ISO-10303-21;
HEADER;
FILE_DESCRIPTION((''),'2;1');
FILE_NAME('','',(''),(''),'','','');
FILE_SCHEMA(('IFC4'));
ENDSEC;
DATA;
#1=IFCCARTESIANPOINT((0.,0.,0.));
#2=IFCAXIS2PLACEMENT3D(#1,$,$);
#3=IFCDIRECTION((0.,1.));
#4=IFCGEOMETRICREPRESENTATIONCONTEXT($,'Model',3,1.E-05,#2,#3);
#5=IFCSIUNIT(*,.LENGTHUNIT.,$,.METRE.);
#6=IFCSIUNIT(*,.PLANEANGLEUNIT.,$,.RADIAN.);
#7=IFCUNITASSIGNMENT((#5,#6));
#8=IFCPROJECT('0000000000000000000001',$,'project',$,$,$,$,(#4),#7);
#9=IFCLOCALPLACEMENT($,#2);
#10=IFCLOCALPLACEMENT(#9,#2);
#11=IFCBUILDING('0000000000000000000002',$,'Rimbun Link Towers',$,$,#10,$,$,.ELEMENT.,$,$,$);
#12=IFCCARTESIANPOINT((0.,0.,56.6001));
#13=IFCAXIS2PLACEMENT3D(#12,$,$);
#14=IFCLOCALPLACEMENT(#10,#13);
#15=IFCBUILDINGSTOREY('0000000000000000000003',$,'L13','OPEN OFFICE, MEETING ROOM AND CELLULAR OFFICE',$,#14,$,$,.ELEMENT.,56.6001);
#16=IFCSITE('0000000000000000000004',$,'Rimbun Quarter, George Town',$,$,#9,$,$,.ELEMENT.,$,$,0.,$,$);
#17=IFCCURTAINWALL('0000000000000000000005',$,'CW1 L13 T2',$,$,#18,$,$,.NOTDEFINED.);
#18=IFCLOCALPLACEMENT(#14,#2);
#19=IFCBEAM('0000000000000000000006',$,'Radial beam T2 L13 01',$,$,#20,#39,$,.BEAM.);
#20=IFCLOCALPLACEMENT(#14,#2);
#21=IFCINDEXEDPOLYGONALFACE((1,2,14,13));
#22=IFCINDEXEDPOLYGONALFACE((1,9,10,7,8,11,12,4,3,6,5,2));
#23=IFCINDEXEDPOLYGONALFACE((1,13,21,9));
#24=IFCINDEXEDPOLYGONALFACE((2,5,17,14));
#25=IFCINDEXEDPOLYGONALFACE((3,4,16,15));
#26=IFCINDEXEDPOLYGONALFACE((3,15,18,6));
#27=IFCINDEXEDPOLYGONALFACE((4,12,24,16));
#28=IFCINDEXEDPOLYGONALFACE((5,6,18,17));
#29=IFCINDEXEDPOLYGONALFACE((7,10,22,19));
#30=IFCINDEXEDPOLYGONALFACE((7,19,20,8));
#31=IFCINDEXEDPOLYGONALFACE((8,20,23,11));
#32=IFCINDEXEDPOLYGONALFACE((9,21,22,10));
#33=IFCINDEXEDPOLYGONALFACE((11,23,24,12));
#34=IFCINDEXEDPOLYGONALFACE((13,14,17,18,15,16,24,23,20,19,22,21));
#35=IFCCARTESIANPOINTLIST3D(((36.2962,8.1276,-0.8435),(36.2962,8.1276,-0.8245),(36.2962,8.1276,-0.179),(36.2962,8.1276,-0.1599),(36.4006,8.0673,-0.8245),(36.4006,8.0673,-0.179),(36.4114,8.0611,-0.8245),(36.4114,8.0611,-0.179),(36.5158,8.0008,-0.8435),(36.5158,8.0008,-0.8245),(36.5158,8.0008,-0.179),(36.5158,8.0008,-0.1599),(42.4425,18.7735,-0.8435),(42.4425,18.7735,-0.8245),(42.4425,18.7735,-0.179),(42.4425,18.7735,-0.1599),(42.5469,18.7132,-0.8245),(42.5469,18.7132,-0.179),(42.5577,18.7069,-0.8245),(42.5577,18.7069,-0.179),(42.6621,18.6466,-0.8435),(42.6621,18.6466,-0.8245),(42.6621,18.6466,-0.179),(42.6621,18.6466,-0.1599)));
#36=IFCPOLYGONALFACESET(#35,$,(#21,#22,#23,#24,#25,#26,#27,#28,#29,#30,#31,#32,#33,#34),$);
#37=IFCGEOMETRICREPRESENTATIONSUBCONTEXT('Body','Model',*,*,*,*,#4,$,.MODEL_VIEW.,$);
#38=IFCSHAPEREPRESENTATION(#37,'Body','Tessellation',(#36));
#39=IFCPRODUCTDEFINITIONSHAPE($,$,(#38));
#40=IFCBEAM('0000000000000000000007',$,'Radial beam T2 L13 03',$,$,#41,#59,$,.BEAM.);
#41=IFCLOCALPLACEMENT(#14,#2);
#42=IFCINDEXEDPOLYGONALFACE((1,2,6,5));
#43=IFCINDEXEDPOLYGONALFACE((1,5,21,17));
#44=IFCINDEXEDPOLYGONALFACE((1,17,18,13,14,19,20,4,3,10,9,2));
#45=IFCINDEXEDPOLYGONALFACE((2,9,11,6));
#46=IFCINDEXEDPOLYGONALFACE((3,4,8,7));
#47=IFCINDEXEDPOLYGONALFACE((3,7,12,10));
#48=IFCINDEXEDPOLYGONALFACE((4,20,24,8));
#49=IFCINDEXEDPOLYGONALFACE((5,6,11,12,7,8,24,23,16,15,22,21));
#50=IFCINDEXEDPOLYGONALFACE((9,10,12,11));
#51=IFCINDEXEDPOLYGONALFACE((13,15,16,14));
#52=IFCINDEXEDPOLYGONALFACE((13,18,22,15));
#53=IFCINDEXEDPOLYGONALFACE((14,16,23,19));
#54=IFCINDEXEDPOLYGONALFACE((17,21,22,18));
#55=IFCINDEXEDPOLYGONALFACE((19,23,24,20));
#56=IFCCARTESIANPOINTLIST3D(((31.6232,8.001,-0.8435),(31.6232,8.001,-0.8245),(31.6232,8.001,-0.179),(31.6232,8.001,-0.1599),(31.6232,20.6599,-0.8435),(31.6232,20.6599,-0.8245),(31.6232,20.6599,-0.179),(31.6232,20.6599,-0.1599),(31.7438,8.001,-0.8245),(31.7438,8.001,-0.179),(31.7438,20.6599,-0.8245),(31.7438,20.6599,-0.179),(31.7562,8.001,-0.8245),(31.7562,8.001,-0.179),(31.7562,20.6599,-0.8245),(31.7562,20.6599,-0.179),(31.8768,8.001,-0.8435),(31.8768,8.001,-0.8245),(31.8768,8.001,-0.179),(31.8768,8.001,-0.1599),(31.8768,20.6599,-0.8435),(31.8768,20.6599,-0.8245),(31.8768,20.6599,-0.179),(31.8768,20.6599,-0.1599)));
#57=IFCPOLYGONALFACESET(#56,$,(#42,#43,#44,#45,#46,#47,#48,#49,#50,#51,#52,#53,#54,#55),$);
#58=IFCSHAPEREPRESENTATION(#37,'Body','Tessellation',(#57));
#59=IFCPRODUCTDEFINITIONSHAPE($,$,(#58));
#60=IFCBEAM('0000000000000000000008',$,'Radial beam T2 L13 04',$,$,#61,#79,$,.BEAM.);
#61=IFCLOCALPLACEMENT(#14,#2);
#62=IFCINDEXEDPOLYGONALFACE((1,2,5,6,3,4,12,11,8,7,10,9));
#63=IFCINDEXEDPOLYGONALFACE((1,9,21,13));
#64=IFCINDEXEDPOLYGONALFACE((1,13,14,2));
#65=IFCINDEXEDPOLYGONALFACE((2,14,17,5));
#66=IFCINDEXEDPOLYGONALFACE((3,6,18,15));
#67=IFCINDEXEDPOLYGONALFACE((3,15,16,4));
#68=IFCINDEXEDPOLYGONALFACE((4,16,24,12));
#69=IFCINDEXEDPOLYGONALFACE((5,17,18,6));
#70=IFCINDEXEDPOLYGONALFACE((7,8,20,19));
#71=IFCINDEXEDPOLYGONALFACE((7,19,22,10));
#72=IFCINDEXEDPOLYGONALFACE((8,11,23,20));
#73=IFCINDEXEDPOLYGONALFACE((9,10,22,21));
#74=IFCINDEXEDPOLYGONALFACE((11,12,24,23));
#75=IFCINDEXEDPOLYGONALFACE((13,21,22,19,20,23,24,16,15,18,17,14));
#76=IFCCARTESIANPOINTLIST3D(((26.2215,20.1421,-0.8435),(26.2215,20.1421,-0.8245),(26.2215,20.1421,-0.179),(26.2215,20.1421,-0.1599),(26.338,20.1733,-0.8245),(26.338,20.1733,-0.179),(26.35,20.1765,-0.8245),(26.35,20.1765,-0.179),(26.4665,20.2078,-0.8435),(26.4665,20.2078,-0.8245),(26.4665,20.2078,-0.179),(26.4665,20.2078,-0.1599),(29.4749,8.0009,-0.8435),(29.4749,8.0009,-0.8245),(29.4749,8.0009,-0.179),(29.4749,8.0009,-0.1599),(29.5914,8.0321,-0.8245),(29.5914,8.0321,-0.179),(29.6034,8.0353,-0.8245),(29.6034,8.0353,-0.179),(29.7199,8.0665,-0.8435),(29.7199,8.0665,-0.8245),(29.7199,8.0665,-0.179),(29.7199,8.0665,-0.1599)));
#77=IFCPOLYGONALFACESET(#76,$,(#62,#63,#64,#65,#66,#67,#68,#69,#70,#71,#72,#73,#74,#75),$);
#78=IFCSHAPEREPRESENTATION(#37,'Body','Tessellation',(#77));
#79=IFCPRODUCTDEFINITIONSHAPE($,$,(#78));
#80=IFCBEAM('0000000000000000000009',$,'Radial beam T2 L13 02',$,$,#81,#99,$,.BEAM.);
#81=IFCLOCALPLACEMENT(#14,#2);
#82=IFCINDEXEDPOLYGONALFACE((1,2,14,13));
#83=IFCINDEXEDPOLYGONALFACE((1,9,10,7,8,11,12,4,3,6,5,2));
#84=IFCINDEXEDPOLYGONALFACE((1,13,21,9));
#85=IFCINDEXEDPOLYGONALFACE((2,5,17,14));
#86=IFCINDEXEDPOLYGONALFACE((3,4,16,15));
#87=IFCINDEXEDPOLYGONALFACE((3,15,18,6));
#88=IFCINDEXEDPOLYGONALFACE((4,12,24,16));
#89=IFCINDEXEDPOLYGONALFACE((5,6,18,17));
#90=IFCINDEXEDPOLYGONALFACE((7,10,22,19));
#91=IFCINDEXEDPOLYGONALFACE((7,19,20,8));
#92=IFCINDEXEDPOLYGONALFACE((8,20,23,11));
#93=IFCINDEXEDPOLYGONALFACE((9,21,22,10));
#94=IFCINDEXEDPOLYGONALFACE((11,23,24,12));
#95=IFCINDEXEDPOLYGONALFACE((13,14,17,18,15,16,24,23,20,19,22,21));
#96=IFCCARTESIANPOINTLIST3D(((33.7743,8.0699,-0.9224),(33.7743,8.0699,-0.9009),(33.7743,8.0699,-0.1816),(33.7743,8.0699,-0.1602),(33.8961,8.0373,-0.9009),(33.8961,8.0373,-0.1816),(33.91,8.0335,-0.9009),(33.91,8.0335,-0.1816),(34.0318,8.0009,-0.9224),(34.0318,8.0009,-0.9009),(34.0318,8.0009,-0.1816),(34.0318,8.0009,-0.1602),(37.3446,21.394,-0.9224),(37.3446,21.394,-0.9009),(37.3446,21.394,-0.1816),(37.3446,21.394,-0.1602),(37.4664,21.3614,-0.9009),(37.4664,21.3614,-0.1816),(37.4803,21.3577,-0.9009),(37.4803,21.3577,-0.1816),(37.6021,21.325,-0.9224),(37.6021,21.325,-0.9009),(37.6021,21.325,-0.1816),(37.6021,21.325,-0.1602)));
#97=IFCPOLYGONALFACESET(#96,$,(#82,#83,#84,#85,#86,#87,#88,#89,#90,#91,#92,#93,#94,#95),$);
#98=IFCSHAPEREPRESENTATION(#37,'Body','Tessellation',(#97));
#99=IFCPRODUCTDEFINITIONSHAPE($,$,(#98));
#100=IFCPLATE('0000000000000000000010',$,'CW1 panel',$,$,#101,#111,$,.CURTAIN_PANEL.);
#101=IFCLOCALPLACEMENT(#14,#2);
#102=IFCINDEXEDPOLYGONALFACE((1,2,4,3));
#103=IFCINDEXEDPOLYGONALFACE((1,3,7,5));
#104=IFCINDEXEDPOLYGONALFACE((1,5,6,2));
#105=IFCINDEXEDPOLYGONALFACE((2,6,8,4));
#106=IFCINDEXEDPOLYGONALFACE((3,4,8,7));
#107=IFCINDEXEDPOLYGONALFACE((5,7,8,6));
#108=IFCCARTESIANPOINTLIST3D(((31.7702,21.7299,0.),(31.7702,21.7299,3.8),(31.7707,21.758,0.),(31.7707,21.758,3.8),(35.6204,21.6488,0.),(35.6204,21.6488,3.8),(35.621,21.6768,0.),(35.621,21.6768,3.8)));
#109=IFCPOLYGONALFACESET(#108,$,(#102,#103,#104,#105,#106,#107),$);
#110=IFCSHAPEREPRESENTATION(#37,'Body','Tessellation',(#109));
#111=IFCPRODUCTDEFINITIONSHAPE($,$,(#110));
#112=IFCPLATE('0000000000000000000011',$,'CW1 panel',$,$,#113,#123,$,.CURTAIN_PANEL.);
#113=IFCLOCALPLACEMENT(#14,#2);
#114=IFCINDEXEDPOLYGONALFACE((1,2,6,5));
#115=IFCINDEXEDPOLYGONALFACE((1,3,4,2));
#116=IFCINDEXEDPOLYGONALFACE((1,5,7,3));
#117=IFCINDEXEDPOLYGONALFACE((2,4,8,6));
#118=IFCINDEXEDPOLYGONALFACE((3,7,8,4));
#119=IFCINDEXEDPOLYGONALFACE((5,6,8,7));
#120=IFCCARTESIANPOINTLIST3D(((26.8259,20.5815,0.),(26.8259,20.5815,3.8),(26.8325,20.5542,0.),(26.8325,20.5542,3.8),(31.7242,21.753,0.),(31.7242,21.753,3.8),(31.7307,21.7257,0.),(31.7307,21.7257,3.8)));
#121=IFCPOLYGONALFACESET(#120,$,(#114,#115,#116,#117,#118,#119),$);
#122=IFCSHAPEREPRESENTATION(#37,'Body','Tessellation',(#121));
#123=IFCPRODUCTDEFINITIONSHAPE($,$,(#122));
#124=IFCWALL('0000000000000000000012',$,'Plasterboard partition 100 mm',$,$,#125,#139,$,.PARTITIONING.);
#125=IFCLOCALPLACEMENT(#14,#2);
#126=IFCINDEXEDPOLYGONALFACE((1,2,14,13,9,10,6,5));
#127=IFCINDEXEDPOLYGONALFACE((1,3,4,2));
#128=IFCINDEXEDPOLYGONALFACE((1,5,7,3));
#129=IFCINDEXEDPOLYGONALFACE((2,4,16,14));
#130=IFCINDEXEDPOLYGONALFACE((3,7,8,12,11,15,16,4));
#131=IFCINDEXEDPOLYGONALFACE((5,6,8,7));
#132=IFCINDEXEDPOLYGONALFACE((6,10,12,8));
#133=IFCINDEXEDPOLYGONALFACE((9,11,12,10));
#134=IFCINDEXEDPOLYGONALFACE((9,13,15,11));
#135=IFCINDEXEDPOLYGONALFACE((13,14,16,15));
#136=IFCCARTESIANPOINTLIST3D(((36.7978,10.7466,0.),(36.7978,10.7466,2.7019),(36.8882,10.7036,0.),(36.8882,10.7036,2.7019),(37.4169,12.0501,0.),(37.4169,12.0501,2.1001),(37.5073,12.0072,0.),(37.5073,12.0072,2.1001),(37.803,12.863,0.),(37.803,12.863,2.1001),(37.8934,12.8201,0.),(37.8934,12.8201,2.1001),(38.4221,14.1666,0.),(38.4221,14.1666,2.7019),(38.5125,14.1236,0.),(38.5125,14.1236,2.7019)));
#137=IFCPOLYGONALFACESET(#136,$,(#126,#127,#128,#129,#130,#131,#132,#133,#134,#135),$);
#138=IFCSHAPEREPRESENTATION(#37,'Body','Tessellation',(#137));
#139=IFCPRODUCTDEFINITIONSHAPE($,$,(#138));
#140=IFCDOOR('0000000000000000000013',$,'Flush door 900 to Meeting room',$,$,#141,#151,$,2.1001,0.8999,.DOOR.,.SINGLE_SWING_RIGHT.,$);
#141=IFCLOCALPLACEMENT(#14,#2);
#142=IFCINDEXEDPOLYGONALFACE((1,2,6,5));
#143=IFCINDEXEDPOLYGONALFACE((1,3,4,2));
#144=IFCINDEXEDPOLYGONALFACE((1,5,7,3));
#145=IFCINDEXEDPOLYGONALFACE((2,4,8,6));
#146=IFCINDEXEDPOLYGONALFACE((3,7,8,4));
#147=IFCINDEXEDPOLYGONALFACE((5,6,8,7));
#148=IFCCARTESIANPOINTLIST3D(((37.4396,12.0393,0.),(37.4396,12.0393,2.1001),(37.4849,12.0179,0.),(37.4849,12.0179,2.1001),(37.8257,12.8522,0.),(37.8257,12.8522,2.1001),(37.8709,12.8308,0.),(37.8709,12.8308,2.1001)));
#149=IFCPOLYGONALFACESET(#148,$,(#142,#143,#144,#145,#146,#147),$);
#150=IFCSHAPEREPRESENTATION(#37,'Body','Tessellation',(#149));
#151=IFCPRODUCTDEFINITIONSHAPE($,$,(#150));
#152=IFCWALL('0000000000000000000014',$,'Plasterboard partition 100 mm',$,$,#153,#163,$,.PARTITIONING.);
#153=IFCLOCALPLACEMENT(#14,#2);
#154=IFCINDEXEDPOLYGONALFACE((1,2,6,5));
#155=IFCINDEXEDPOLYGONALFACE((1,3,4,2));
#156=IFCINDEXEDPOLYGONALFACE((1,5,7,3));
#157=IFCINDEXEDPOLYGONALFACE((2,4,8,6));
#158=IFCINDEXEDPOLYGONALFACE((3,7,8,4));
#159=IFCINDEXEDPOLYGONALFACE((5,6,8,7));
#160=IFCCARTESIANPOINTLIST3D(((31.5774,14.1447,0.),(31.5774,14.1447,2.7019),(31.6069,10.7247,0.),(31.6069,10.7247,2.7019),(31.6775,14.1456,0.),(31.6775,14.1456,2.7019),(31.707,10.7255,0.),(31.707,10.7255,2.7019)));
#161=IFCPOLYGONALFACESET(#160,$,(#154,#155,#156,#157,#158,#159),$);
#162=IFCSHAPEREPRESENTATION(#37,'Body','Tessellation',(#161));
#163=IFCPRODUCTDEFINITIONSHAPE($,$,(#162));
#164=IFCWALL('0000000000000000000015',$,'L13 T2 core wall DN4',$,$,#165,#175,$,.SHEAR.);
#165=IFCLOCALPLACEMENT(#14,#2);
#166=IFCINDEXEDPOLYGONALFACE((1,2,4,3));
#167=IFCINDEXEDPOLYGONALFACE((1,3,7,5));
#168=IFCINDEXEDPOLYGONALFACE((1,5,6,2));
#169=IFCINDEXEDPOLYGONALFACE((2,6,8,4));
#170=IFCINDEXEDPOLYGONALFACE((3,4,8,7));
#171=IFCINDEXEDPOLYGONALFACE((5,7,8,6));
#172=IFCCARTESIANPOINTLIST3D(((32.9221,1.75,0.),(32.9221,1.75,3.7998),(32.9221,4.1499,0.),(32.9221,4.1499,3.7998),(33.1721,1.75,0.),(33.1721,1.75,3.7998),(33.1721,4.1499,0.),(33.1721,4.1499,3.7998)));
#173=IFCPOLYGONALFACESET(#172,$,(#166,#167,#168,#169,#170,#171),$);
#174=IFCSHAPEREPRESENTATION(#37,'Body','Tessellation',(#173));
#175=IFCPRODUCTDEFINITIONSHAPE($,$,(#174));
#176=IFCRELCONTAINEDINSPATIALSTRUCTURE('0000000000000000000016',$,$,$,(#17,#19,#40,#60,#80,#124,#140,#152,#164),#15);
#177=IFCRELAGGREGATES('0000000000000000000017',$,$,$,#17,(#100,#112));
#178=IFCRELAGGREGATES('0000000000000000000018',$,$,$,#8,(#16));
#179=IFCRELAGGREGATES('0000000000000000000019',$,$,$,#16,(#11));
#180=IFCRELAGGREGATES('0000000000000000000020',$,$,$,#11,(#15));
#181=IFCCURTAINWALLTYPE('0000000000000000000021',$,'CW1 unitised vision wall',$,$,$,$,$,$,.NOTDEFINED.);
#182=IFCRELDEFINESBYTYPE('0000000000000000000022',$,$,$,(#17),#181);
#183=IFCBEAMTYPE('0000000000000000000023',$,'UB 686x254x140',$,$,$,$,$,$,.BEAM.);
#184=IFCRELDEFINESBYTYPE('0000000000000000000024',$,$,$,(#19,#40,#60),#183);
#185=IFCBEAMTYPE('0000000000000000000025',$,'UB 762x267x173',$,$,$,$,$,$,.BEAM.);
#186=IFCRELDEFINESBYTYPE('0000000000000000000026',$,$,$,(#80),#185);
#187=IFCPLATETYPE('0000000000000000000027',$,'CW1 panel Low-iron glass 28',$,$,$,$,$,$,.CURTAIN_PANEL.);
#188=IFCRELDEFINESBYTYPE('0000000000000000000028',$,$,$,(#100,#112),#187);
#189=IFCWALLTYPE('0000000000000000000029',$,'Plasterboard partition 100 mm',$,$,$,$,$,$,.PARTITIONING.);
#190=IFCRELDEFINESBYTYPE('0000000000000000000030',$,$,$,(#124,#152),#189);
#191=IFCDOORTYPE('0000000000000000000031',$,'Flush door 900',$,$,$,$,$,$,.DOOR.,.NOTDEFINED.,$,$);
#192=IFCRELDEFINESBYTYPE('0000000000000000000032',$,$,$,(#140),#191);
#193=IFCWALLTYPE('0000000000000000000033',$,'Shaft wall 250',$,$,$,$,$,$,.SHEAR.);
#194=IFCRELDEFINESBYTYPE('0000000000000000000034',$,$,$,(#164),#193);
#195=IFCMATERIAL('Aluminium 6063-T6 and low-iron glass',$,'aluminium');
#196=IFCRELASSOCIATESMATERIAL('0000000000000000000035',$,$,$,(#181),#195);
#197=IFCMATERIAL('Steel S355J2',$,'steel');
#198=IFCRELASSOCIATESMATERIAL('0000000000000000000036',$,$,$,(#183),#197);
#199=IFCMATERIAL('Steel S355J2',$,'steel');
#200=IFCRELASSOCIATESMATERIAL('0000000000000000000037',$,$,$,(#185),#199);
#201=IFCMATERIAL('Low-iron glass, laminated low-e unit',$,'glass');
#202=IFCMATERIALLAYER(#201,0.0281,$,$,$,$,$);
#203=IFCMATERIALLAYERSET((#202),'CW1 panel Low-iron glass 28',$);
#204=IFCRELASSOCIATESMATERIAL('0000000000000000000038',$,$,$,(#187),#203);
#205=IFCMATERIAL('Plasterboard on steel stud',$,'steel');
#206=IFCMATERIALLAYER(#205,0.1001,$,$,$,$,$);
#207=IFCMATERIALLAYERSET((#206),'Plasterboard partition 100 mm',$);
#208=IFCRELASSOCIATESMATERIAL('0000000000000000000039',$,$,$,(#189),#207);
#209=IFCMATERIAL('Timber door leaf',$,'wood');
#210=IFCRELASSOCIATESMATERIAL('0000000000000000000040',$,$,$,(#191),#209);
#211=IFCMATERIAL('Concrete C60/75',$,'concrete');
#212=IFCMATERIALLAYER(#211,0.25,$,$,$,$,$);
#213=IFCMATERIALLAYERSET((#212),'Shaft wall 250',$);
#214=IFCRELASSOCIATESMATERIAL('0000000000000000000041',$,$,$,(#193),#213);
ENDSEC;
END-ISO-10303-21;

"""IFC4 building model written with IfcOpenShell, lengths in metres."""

from ifc_helpers import new_model, si_unit, direction, frame, frame_2d, origin, origin_2d, place, context, subcontext, project, spatial, rectangle, i_section, extrude, material, layer, layer_set, material_profile, profile_set, type_object, element, fill, aggregate, save


model = new_model("IFC4")

# Units and contexts
model_context = context("Model", 3, precision=1e-05, world=origin(), true_north=direction((0.0, 1.0)))
body_context = subcontext(model_context, "Body", "Model", "MODEL_VIEW")
ifc_project = project(units=[si_unit("LENGTHUNIT", "METRE"), si_unit("PLANEANGLEUNIT", "RADIAN")], contexts=[model_context])

# Site, building, storey
site_placement = place(None, origin())
site = spatial("IfcSite", under=ifc_project, at=site_placement, Name="Rimbun Quarter, George Town", CompositionType="ELEMENT", RefElevation=0.0)
building_placement = place(site_placement, origin())
building = spatial("IfcBuilding", under=site, at=building_placement, Name="Rimbun Link Towers", CompositionType="ELEMENT")
storey_placement = place(building_placement, frame((0.0, 0.0, 56.6001)))
storey = spatial("IfcBuildingStorey", under=building, at=storey_placement, Name="L13", Description="OPEN OFFICE, MEETING ROOM AND CELLULAR OFFICE", CompositionType="ELEMENT", Elevation=56.6001)

# Curtain wall
ifc_material_1 = material(Name="Aluminium 6063-T6 and low-iron glass", Category="aluminium")
curtain_wall_type = type_object("IfcCurtainWallType", Name="CW1 unitised vision wall", PredefinedType="NOTDEFINED", material=ifc_material_1)
curtain_wall_placement = place(storey_placement, origin())
curtain_wall = element("IfcCurtainWall", 1, at=curtain_wall_placement, inside=storey, type_object=curtain_wall_type, Name="CW1 L13 T2", PredefinedType="NOTDEFINED")

# Beams
ifc_material_2 = material(Name="Steel S355J2", Category="steel")
ifc_material_profile_1 = material_profile(ifc_material_2, i_section(OverallWidth=0.2537, OverallDepth=0.6836, WebThickness=0.0125, FlangeThickness=0.019, at=origin_2d()), Name="UB 686x254x140")
ifc_profile_set_1 = profile_set([ifc_material_profile_1], Name="Steel S355J2")
beam_type_1 = type_object("IfcBeamType", Name="UB 686x254x140", PredefinedType="BEAM", material=ifc_profile_set_1)
beam_1_placement = place(storey_placement, frame((36.406, 8.0642, -0.5017), z_axis=(0.499995, 0.866028, 0.0), x_axis=(-0.866028, 0.499995, 0.0)))
element("IfcBeam", 2, at=beam_1_placement, inside=storey, type_object=beam_type_1, Name="Radial beam T2 L13 01", PredefinedType="BEAM", context=body_context, shape_type="SweptSolid", body=[
    extrude(i_section(OverallWidth=0.2537, OverallDepth=0.6836, WebThickness=0.0125, FlangeThickness=0.019, at=origin_2d()), origin(), (0.0, 0.0, 1.0), 12.2927),
])
beam_2_placement = place(storey_placement, frame((31.75, 8.001, -0.5017), z_axis=(0.0, 1.0, 0.0), x_axis=(-1.0, 0.0, 0.0)))
element("IfcBeam", 3, at=beam_2_placement, inside=storey, type_object=beam_type_1, Name="Radial beam T2 L13 03", PredefinedType="BEAM", context=body_context, shape_type="SweptSolid", body=[
    extrude(i_section(OverallWidth=0.2537, OverallDepth=0.6836, WebThickness=0.0125, FlangeThickness=0.019, at=origin_2d()), origin(), (0.0, 0.0, 1.0), 12.6589),
])
beam_3_placement = place(storey_placement, frame((29.5974, 8.0337, -0.5017), z_axis=(-0.25883, 0.965923, 0.0), x_axis=(-0.965923, -0.25883, 0.0)))
element("IfcBeam", 4, at=beam_3_placement, inside=storey, type_object=beam_type_1, Name="Radial beam T2 L13 04", PredefinedType="BEAM", context=body_context, shape_type="SweptSolid", body=[
    extrude(i_section(OverallWidth=0.2537, OverallDepth=0.6836, WebThickness=0.0125, FlangeThickness=0.019, at=origin_2d()), origin(), (0.0, 0.0, 1.0), 12.5696),
])
ifc_material_3 = material(Name="Steel S355J2", Category="steel")
ifc_material_profile_2 = material_profile(ifc_material_3, i_section(OverallWidth=0.2666, OverallDepth=0.7622, WebThickness=0.0144, FlangeThickness=0.0215, at=origin_2d()), Name="UB 762x267x173")
ifc_profile_set_2 = profile_set([ifc_material_profile_2], Name="Steel S355J2")
beam_type_2 = type_object("IfcBeamType", Name="UB 762x267x173", PredefinedType="BEAM", material=ifc_profile_set_2)
beam_4_placement = place(storey_placement, frame((33.9031, 8.0354, -0.5413), z_axis=(0.258826, 0.965924, 0.0), x_axis=(-0.965924, 0.258826, 0.0)))
element("IfcBeam", 5, at=beam_4_placement, inside=storey, type_object=beam_type_2, Name="Radial beam T2 L13 02", PredefinedType="BEAM", context=body_context, shape_type="SweptSolid", body=[
    extrude(i_section(OverallWidth=0.2666, OverallDepth=0.7622, WebThickness=0.0144, FlangeThickness=0.0215, at=origin_2d()), origin(), (0.0, 0.0, 1.0), 13.7942),
])

# Plates
ifc_material_4 = material(Name="Low-iron glass, laminated low-e unit", Category="glass")
ifc_layer_1 = layer(ifc_material_4, 0.0281)
ifc_layer_set_1 = layer_set([ifc_layer_1], Name="CW1 panel Low-iron glass 28")
plate_type = type_object("IfcPlateType", Name="CW1 panel Low-iron glass 28", PredefinedType="CURTAIN_PANEL", material=ifc_layer_set_1)
plate_1_placement = place(storey_placement, frame((33.6956, 21.7034, 0.0), z_axis=(0.0, 0.0, 1.0), x_axis=(0.999778, -0.021066, 0.0)))
plate_1 = element("IfcPlate", 6, at=plate_1_placement, type_object=plate_type, Name="CW1 panel", PredefinedType="CURTAIN_PANEL", context=body_context, shape_type="SweptSolid", body=[
    extrude(rectangle(XDim=3.8511, YDim=0.0281, at=origin_2d()), origin(), (0.0, 0.0, 1.0), 3.8),
])
plate_2_placement = place(storey_placement, frame((29.2783, 21.1536, 0.0), z_axis=(0.0, 0.0, 1.0), x_axis=(0.972572, 0.232603, 0.0)))
plate_2 = element("IfcPlate", 7, at=plate_2_placement, type_object=plate_type, Name="CW1 panel", PredefinedType="CURTAIN_PANEL", context=body_context, shape_type="SweptSolid", body=[
    extrude(rectangle(XDim=5.0364, YDim=0.0281, at=origin_2d()), origin(), (0.0, 0.0, 1.0), 3.8),
])
aggregate(curtain_wall, [plate_1, plate_2])

# Wall, opening, door
ifc_material_5 = material(Name="Plasterboard on steel stud", Category="steel")
ifc_layer_2 = layer(ifc_material_5, 0.1001)
ifc_layer_set_2 = layer_set([ifc_layer_2], Name="Plasterboard partition 100 mm")
wall_type_1 = type_object("IfcWallType", Name="Plasterboard partition 100 mm", PredefinedType="PARTITIONING", material=ifc_layer_set_2)
wall_1_placement = place(storey_placement, frame((36.843, 10.7251, 0.0), z_axis=(0.0, 0.0, 1.0), x_axis=(0.429015, 0.903297, 0.0)))
wall_1 = element("IfcWall", 8, at=wall_1_placement, inside=storey, type_object=wall_type_1, Name="Plasterboard partition 100 mm", PredefinedType="PARTITIONING", context=body_context, shape_type="SweptSolid", body=[
    extrude(rectangle(XDim=3.7861, YDim=0.1001, at=frame_2d((1.8931, 0.0))), origin(), (0.0, 0.0, 1.0), 2.7019),
])
opening_1_placement = place(wall_1_placement, frame((1.4431, 0.0, 0.0)))
opening_1 = element("IfcOpeningElement", 9, at=opening_1_placement, cuts=wall_1, PredefinedType="OPENING", context=body_context, shape_type="SweptSolid", body=[
    extrude(rectangle(XDim=0.8999, YDim=2.1001, at=frame_2d((0.45, 1.05))), frame((0.0, 0.0601, 0.0), z_axis=(0.0, -1.0, 0.0), x_axis=(1.0, 0.0, 0.0)), (0.0, 0.0, 1.0), 0.1201),
])
ifc_material_6 = material(Name="Timber door leaf", Category="wood")
door_type_1 = type_object("IfcDoorType", Name="Flush door 900", OperationType="NOTDEFINED", PredefinedType="DOOR", material=ifc_material_6)
door_1_placement = place(opening_1_placement, origin())
door_1 = element("IfcDoor", 10, at=door_1_placement, inside=storey, type_object=door_type_1, Name="Flush door 900 to Meeting room", OperationType="SINGLE_SWING_RIGHT", OverallHeight=2.1001, OverallWidth=0.8999, PredefinedType="DOOR", context=body_context, shape_type="SweptSolid", body=[
    extrude(rectangle(XDim=0.8999, YDim=2.1001, at=frame_2d((0.45, 1.05))), frame((0.0, 0.0249, 0.0), z_axis=(0.0, -1.0, 0.0), x_axis=(1.0, 0.0, 0.0)), (0.0, 0.0, 1.0), 0.05),
])
fill(opening_1, door_1)

# Walls
wall_2_placement = place(storey_placement, frame((31.6274, 14.145, 0.0), z_axis=(0.0, 0.0, 1.0), x_axis=(0.008638, -0.999963, 0.0)))
element("IfcWall", 11, at=wall_2_placement, inside=storey, type_object=wall_type_1, Name="Plasterboard partition 100 mm", PredefinedType="PARTITIONING", context=body_context, shape_type="SweptSolid", body=[
    extrude(rectangle(XDim=3.4202, YDim=0.1001, at=frame_2d((1.71, 0.0))), origin(), (0.0, 0.0, 1.0), 2.7019),
])
ifc_material_7 = material(Name="Concrete C60/75", Category="concrete")
ifc_layer_3 = layer(ifc_material_7, 0.25)
ifc_layer_set_3 = layer_set([ifc_layer_3], Name="Shaft wall 250")
wall_type_2 = type_object("IfcWallType", Name="Shaft wall 250", PredefinedType="SHEAR", material=ifc_layer_set_3)
for number, where, z_axis, x_axis, name in (
    (12, (33.0471, 1.75, 0.0), (0.0, 0.0, 1.0), (0.0, 1.0, 0.0), "L13 T2 core wall DN4"),
):
    element("IfcWall", number, at=place(storey_placement, frame(where, z_axis=z_axis, x_axis=x_axis)), inside=storey, type_object=wall_type_2, Name=name, PredefinedType="SHEAR", context=body_context, shape_type="SweptSolid", body=[
        extrude(rectangle(XDim=2.3999, YDim=0.25, at=frame_2d((1.2, 0.0))), origin(), (0.0, 0.0, 1.0), 3.7998),
    ])

save(model, "model.ifc")
